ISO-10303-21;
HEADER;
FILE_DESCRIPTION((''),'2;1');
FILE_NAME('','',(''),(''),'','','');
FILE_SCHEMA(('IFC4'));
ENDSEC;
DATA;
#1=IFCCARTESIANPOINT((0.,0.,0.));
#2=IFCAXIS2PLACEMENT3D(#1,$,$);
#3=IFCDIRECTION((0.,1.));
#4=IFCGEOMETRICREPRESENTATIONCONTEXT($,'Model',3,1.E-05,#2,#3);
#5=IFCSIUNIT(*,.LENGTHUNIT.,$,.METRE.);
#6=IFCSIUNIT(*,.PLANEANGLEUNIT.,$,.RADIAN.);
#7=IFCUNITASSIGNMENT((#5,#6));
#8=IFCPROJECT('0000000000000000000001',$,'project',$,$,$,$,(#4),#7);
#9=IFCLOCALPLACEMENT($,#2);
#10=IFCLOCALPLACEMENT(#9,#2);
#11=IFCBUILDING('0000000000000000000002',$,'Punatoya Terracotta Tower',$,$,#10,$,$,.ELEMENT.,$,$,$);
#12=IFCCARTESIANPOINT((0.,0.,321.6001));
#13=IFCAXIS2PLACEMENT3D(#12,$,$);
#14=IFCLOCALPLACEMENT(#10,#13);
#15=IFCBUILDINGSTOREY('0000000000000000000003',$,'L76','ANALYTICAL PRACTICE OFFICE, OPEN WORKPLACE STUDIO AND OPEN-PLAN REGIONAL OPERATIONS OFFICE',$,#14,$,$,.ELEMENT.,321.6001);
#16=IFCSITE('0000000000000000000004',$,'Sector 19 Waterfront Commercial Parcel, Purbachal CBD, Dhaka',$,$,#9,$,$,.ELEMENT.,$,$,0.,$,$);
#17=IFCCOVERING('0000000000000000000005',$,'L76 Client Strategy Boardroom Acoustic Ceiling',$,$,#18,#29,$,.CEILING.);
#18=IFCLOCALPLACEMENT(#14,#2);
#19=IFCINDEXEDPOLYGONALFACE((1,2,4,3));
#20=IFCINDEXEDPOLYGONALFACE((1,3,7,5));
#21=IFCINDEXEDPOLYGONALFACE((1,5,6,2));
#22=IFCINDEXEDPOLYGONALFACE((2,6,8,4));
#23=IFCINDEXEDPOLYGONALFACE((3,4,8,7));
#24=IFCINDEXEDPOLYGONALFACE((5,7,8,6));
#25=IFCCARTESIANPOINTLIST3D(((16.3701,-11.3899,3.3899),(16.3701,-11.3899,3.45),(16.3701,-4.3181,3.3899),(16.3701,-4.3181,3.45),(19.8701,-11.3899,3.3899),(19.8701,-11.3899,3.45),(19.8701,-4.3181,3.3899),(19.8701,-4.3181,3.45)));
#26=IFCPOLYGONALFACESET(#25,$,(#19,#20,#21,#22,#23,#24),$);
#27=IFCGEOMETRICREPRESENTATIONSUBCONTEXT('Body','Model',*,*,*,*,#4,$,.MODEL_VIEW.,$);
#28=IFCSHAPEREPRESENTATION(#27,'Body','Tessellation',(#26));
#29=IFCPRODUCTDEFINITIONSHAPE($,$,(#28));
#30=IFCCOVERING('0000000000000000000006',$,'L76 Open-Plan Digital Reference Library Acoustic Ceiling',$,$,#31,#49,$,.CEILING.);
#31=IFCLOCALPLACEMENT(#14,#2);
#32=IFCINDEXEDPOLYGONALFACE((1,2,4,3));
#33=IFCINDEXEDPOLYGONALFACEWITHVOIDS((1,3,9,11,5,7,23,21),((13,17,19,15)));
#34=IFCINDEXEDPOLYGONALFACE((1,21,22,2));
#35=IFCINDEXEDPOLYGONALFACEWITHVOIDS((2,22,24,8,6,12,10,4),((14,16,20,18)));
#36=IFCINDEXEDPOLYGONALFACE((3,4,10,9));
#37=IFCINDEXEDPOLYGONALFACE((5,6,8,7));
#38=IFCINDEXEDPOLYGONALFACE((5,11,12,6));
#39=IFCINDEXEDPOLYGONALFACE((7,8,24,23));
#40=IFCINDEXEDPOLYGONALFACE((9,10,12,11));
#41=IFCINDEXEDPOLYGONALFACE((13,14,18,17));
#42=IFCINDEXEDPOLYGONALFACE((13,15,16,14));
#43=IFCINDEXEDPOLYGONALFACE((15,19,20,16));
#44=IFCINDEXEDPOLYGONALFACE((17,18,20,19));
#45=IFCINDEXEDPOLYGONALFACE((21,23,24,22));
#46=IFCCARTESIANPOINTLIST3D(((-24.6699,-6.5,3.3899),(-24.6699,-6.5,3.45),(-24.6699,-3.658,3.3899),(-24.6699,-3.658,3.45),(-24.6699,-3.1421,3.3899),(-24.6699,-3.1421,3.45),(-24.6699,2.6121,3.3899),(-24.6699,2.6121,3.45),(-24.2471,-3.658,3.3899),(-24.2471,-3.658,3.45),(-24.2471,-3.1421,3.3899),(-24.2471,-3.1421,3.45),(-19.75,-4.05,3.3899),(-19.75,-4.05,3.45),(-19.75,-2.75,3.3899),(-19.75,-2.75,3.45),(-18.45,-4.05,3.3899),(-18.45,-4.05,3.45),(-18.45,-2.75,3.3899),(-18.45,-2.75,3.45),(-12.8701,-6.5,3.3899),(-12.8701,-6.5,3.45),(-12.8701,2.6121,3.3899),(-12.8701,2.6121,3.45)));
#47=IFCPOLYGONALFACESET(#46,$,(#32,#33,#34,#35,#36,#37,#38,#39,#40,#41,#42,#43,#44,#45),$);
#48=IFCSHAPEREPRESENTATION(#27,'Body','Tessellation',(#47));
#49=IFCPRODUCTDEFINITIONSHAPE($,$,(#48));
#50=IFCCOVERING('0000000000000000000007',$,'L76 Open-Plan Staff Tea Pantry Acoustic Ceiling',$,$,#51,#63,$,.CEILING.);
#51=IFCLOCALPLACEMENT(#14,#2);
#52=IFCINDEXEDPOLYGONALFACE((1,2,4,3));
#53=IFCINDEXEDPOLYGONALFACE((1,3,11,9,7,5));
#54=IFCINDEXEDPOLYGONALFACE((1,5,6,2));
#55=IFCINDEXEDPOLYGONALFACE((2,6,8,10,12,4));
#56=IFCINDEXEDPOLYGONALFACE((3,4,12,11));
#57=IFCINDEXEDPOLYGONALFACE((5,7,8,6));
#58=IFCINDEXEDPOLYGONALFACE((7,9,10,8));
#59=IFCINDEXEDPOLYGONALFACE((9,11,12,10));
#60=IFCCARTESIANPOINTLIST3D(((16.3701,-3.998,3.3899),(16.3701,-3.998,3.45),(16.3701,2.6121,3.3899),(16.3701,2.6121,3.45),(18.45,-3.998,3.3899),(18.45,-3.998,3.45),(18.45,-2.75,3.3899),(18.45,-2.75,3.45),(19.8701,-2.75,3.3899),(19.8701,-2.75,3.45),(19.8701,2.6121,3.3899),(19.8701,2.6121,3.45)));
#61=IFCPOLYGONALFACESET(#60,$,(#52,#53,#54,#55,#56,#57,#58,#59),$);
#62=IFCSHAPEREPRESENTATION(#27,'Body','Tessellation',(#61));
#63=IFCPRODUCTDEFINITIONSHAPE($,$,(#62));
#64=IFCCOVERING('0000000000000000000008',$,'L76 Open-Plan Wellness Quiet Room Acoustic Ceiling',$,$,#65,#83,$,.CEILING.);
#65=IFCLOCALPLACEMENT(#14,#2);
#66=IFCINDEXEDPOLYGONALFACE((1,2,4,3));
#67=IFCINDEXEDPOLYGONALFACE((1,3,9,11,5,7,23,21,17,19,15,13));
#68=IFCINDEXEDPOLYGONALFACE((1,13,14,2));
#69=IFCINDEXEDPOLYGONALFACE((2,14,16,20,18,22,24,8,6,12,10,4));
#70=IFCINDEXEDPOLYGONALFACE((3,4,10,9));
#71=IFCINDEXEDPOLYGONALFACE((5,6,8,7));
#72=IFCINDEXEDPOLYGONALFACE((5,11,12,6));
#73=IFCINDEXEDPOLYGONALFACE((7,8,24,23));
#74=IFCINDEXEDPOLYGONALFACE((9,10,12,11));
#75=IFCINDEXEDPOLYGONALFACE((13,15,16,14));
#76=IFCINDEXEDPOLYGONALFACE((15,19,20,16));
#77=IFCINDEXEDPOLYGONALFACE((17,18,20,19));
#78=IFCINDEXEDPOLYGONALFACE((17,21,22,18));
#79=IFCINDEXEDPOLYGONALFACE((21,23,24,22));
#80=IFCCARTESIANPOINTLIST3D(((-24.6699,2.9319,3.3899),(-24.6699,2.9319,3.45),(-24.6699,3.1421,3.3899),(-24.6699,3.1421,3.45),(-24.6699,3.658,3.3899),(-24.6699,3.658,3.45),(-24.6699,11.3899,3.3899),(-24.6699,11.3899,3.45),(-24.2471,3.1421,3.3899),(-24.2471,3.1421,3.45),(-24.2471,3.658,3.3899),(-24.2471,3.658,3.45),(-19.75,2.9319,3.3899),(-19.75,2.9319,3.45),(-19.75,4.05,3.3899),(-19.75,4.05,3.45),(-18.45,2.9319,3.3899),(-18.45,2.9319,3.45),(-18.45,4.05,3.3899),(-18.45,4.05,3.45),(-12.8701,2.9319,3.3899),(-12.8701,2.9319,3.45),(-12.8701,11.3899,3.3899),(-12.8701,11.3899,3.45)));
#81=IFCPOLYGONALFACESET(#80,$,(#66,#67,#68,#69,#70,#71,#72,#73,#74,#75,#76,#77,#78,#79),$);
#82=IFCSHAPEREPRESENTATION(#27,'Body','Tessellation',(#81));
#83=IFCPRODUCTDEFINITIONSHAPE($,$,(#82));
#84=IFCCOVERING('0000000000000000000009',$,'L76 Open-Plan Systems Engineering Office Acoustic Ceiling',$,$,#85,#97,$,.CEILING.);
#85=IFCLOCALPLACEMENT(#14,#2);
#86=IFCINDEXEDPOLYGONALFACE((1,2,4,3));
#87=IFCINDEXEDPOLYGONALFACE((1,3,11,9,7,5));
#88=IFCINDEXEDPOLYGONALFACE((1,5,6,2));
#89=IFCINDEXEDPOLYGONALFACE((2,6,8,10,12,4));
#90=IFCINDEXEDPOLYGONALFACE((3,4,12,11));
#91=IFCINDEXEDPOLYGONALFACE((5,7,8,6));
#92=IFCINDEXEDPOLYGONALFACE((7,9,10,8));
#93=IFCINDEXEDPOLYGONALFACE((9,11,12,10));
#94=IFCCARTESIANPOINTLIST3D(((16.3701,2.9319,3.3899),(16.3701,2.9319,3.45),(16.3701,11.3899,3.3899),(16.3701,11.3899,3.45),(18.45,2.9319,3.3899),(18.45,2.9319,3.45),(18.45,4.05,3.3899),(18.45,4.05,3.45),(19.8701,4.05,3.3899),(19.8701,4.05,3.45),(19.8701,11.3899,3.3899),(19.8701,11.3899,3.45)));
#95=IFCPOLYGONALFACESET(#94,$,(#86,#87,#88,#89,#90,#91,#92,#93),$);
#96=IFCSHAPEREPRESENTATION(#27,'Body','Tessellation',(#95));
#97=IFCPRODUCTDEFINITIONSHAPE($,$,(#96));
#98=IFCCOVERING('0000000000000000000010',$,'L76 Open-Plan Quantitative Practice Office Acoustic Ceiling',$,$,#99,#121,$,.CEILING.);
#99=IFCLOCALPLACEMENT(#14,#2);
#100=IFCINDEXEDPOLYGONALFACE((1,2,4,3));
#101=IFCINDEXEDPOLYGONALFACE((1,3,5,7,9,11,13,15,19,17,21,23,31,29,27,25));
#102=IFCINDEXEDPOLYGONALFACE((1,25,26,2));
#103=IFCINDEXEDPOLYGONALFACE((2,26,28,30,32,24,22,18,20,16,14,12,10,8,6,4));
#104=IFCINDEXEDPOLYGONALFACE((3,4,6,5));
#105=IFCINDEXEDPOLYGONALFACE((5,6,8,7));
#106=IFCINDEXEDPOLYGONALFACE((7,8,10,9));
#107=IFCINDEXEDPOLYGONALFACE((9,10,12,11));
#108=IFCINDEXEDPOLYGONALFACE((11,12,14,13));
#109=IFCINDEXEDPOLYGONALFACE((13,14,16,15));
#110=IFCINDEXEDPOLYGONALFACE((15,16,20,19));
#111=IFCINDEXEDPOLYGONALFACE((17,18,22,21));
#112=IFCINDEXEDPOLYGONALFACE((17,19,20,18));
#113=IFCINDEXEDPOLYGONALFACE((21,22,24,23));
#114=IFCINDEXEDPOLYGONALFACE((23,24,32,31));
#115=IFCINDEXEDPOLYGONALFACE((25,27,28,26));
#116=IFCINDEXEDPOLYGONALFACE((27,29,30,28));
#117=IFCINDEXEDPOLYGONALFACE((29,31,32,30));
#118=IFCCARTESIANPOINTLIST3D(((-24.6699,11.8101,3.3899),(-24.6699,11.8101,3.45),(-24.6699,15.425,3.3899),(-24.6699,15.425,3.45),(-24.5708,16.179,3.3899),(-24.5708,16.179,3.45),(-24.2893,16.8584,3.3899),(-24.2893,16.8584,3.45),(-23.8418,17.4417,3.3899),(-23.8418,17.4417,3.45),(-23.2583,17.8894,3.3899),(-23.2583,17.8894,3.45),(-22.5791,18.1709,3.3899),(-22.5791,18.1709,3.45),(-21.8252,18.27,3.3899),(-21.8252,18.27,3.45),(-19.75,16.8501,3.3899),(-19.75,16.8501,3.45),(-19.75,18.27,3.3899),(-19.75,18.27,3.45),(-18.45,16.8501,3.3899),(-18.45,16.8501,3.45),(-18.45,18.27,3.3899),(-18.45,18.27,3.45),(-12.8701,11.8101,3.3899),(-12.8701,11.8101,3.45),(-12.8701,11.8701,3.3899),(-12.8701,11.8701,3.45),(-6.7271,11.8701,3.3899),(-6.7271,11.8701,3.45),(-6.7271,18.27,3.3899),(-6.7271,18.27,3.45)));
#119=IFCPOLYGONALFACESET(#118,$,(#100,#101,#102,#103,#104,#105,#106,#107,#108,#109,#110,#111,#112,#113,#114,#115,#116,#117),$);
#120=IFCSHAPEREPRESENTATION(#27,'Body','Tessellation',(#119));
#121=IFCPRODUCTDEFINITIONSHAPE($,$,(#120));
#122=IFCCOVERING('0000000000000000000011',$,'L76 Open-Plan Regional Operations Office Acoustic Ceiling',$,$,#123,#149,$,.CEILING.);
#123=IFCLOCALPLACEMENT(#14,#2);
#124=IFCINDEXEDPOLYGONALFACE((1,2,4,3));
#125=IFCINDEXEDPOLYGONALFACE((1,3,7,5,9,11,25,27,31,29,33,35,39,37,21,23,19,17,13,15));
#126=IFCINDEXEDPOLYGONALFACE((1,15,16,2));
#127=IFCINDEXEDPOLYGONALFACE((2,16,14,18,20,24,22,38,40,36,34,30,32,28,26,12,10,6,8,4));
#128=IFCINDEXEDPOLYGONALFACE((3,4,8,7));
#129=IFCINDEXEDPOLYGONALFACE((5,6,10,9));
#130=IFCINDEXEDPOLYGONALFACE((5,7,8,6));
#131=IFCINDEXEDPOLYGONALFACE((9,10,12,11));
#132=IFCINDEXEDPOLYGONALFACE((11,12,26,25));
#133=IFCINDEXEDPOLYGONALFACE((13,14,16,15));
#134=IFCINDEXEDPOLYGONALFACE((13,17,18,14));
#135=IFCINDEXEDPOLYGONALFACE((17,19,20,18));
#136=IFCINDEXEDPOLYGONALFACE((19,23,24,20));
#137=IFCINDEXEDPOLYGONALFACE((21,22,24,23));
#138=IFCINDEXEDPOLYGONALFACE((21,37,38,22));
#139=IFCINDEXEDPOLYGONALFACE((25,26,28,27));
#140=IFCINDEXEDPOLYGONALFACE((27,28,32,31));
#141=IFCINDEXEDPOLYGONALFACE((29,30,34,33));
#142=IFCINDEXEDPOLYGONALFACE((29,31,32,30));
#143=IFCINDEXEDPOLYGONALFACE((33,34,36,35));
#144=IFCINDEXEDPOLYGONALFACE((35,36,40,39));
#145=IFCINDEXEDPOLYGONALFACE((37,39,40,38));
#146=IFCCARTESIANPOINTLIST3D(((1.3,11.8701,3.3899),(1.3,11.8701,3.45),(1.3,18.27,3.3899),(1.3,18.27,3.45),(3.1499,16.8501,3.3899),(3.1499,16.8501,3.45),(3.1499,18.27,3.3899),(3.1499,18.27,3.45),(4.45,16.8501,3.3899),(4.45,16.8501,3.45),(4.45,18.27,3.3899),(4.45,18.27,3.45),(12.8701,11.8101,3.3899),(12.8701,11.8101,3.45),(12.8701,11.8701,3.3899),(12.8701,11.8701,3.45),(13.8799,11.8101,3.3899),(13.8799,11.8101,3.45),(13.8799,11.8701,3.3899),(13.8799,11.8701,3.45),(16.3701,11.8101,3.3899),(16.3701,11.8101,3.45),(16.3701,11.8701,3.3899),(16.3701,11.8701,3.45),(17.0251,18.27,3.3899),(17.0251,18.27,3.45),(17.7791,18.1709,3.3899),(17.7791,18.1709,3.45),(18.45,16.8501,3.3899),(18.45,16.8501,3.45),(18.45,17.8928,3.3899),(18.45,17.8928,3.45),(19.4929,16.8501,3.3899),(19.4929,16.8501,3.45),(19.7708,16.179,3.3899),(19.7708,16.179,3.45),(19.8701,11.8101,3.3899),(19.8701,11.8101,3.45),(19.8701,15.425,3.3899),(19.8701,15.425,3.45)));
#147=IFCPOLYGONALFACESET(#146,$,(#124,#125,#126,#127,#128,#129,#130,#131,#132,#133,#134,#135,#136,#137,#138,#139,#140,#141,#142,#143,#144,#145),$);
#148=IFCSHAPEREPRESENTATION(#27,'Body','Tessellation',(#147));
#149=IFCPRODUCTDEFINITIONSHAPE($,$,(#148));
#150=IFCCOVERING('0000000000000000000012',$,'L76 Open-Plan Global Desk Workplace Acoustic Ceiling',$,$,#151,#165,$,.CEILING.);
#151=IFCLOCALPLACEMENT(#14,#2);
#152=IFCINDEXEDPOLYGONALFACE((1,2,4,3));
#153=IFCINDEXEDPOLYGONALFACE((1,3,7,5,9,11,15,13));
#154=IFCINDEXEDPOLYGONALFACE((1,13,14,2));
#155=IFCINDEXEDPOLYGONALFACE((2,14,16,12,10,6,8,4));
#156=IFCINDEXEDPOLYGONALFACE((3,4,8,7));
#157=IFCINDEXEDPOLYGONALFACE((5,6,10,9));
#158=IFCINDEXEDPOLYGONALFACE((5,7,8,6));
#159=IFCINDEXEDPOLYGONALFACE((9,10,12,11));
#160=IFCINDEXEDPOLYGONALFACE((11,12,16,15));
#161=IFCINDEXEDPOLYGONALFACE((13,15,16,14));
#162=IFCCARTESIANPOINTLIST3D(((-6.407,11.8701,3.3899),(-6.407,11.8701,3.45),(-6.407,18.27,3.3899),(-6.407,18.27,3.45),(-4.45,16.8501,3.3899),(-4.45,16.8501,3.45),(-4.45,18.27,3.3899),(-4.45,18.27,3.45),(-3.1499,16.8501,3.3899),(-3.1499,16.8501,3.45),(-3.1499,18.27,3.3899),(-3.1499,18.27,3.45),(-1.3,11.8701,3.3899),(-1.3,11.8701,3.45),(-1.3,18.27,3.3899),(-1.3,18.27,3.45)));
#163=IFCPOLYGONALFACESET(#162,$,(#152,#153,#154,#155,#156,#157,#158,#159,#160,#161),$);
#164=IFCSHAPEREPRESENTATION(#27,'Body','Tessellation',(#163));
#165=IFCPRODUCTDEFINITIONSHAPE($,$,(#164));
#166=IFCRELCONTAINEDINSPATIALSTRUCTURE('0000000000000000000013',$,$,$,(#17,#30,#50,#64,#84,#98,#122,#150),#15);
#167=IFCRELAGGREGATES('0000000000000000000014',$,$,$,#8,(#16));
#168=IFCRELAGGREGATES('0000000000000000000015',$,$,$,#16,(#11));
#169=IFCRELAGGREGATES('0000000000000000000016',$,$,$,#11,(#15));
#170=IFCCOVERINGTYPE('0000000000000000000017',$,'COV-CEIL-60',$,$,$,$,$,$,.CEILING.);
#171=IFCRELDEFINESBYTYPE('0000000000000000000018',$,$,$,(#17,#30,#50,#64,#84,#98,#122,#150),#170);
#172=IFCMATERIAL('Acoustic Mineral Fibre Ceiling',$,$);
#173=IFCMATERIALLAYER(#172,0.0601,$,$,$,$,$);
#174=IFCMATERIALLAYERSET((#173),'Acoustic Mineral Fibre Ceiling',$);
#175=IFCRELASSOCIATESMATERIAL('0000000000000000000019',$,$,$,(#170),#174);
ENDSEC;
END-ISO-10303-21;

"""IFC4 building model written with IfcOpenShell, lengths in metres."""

from ifc_helpers import new_model, si_unit, direction, frame, origin, place, context, subcontext, project, spatial, polyline, outline, extrude, material, layer, layer_set, type_object, element, save


model = new_model("IFC4")

# Units and contexts
model_context = context("Model", 3, precision=1e-05, world=origin(), true_north=direction((0.0, 1.0)))
body_context = subcontext(model_context, "Body", "Model", "MODEL_VIEW")
ifc_project = project(units=[si_unit("LENGTHUNIT", "METRE"), si_unit("PLANEANGLEUNIT", "RADIAN")], contexts=[model_context])

# Site, building, storey
site_placement = place(None, origin())
site = spatial("IfcSite", under=ifc_project, at=site_placement, Name="Sector 19 Waterfront Commercial Parcel, Purbachal CBD, Dhaka", CompositionType="ELEMENT", RefElevation=0.0)
building_placement = place(site_placement, origin())
building = spatial("IfcBuilding", under=site, at=building_placement, Name="Punatoya Terracotta Tower", CompositionType="ELEMENT")
storey_placement = place(building_placement, frame((0.0, 0.0, 321.6001)))
storey = spatial("IfcBuildingStorey", under=building, at=storey_placement, Name="L76", Description="ANALYTICAL PRACTICE OFFICE, OPEN WORKPLACE STUDIO AND OPEN-PLAN REGIONAL OPERATIONS OFFICE", CompositionType="ELEMENT", Elevation=321.6001)

# Coverings
ifc_material_1 = material(Name="Acoustic Mineral Fibre Ceiling")
ifc_layer_1 = layer(ifc_material_1, 0.0601)
ifc_layer_set_1 = layer_set([ifc_layer_1], Name="Acoustic Mineral Fibre Ceiling")
covering_type = type_object("IfcCoveringType", Name="COV-CEIL-60", PredefinedType="CEILING", material=ifc_layer_set_1)
covering_1_placement = place(storey_placement, frame((0.0, 0.0, 3.3899)))
element("IfcCovering", 1, at=covering_1_placement, inside=storey, type_object=covering_type, Name="L76 Client Strategy Boardroom Acoustic Ceiling", PredefinedType="CEILING", context=body_context, shape_type="SweptSolid", body=[
    extrude(outline(polyline([(16.3701, -4.3181), (16.3701, -11.3899), (19.8701, -11.3899), (19.8701, -4.3181), (16.3701, -4.3181)])), origin(), (0.0, 0.0, 1.0), 0.0601),
])
covering_2_placement = place(storey_placement, frame((0.0, 0.0, 3.3899)))
element("IfcCovering", 2, at=covering_2_placement, inside=storey, type_object=covering_type, Name="L76 Open-Plan Digital Reference Library Acoustic Ceiling", PredefinedType="CEILING", context=body_context, shape_type="SweptSolid", body=[
    extrude(outline(polyline([(-24.6699, -6.5), (-12.8701, -6.5), (-12.8701, 2.6121), (-24.6699, 2.6121), (-24.6699, -3.1421), (-24.2471, -3.1421), (-24.2471, -3.658), (-24.6699, -3.658), (-24.6699, -6.5)]), holes=[polyline([(-18.45, -4.05), (-19.75, -4.05), (-19.75, -2.75), (-18.45, -2.75), (-18.45, -4.05)])]), origin(), (0.0, 0.0, 1.0), 0.0601),
])
covering_3_placement = place(storey_placement, frame((0.0, 0.0, 3.3899)))
element("IfcCovering", 3, at=covering_3_placement, inside=storey, type_object=covering_type, Name="L76 Open-Plan Staff Tea Pantry Acoustic Ceiling", PredefinedType="CEILING", context=body_context, shape_type="SweptSolid", body=[
    extrude(outline(polyline([(16.3701, 2.6121), (16.3701, -3.998), (18.45, -3.998), (18.45, -2.75), (19.8701, -2.75), (19.8701, 2.6121), (16.3701, 2.6121)])), origin(), (0.0, 0.0, 1.0), 0.0601),
])
covering_4_placement = place(storey_placement, frame((0.0, 0.0, 3.3899)))
element("IfcCovering", 4, at=covering_4_placement, inside=storey, type_object=covering_type, Name="L76 Open-Plan Wellness Quiet Room Acoustic Ceiling", PredefinedType="CEILING", context=body_context, shape_type="SweptSolid", body=[
    extrude(outline(polyline([(-12.8701, 2.9319), (-12.8701, 11.3899), (-24.6699, 11.3899), (-24.6699, 3.658), (-24.2471, 3.658), (-24.2471, 3.1421), (-24.6699, 3.1421), (-24.6699, 2.9319), (-19.75, 2.9319), (-19.75, 4.05), (-18.45, 4.05), (-18.45, 2.9319), (-12.8701, 2.9319)])), origin(), (0.0, 0.0, 1.0), 0.0601),
])
covering_5_placement = place(storey_placement, frame((0.0, 0.0, 3.3899)))
element("IfcCovering", 5, at=covering_5_placement, inside=storey, type_object=covering_type, Name="L76 Open-Plan Systems Engineering Office Acoustic Ceiling", PredefinedType="CEILING", context=body_context, shape_type="SweptSolid", body=[
    extrude(outline(polyline([(16.3701, 11.3899), (16.3701, 2.9319), (18.45, 2.9319), (18.45, 4.05), (19.8701, 4.05), (19.8701, 11.3899), (16.3701, 11.3899)])), origin(), (0.0, 0.0, 1.0), 0.0601),
])
covering_6_placement = place(storey_placement, frame((0.0, 0.0, 3.3899)))
element("IfcCovering", 6, at=covering_6_placement, inside=storey, type_object=covering_type, Name="L76 Open-Plan Quantitative Practice Office Acoustic Ceiling", PredefinedType="CEILING", context=body_context, shape_type="SweptSolid", body=[
    extrude(outline(polyline([(-19.75, 18.27), (-21.8252, 18.27), (-22.5791, 18.1709), (-23.2583, 17.8894), (-23.8418, 17.4417), (-24.2893, 16.8584), (-24.5708, 16.179), (-24.6699, 15.425), (-24.6699, 11.8101), (-12.8701, 11.8101), (-12.8701, 11.8701), (-6.7271, 11.8701), (-6.7271, 18.27), (-18.45, 18.27), (-18.45, 16.8501), (-19.75, 16.8501), (-19.75, 18.27)])), origin(), (0.0, 0.0, 1.0), 0.0601),
])
covering_7_placement = place(storey_placement, frame((0.0, 0.0, 3.3899)))
element("IfcCovering", 7, at=covering_7_placement, inside=storey, type_object=covering_type, Name="L76 Open-Plan Regional Operations Office Acoustic Ceiling", PredefinedType="CEILING", context=body_context, shape_type="SweptSolid", body=[
    extrude(outline(polyline([(3.1499, 18.27), (1.3, 18.27), (1.3, 11.8701), (12.8701, 11.8701), (12.8701, 11.8101), (13.8799, 11.8101), (13.8799, 11.8701), (16.3701, 11.8701), (16.3701, 11.8101), (19.8701, 11.8101), (19.8701, 15.425), (19.7708, 16.179), (19.4929, 16.8501), (18.45, 16.8501), (18.45, 17.8928), (17.7791, 18.1709), (17.0251, 18.27), (4.45, 18.27), (4.45, 16.8501), (3.1499, 16.8501), (3.1499, 18.27)])), origin(), (0.0, 0.0, 1.0), 0.0601),
])
covering_8_placement = place(storey_placement, frame((0.0, 0.0, 3.3899)))
element("IfcCovering", 8, at=covering_8_placement, inside=storey, type_object=covering_type, Name="L76 Open-Plan Global Desk Workplace Acoustic Ceiling", PredefinedType="CEILING", context=body_context, shape_type="SweptSolid", body=[
    extrude(outline(polyline([(-4.45, 16.8501), (-4.45, 18.27), (-6.407, 18.27), (-6.407, 11.8701), (-1.3, 11.8701), (-1.3, 18.27), (-3.1499, 18.27), (-3.1499, 16.8501), (-4.45, 16.8501)])), origin(), (0.0, 0.0, 1.0), 0.0601),
])

save(model, "model.ifc")
